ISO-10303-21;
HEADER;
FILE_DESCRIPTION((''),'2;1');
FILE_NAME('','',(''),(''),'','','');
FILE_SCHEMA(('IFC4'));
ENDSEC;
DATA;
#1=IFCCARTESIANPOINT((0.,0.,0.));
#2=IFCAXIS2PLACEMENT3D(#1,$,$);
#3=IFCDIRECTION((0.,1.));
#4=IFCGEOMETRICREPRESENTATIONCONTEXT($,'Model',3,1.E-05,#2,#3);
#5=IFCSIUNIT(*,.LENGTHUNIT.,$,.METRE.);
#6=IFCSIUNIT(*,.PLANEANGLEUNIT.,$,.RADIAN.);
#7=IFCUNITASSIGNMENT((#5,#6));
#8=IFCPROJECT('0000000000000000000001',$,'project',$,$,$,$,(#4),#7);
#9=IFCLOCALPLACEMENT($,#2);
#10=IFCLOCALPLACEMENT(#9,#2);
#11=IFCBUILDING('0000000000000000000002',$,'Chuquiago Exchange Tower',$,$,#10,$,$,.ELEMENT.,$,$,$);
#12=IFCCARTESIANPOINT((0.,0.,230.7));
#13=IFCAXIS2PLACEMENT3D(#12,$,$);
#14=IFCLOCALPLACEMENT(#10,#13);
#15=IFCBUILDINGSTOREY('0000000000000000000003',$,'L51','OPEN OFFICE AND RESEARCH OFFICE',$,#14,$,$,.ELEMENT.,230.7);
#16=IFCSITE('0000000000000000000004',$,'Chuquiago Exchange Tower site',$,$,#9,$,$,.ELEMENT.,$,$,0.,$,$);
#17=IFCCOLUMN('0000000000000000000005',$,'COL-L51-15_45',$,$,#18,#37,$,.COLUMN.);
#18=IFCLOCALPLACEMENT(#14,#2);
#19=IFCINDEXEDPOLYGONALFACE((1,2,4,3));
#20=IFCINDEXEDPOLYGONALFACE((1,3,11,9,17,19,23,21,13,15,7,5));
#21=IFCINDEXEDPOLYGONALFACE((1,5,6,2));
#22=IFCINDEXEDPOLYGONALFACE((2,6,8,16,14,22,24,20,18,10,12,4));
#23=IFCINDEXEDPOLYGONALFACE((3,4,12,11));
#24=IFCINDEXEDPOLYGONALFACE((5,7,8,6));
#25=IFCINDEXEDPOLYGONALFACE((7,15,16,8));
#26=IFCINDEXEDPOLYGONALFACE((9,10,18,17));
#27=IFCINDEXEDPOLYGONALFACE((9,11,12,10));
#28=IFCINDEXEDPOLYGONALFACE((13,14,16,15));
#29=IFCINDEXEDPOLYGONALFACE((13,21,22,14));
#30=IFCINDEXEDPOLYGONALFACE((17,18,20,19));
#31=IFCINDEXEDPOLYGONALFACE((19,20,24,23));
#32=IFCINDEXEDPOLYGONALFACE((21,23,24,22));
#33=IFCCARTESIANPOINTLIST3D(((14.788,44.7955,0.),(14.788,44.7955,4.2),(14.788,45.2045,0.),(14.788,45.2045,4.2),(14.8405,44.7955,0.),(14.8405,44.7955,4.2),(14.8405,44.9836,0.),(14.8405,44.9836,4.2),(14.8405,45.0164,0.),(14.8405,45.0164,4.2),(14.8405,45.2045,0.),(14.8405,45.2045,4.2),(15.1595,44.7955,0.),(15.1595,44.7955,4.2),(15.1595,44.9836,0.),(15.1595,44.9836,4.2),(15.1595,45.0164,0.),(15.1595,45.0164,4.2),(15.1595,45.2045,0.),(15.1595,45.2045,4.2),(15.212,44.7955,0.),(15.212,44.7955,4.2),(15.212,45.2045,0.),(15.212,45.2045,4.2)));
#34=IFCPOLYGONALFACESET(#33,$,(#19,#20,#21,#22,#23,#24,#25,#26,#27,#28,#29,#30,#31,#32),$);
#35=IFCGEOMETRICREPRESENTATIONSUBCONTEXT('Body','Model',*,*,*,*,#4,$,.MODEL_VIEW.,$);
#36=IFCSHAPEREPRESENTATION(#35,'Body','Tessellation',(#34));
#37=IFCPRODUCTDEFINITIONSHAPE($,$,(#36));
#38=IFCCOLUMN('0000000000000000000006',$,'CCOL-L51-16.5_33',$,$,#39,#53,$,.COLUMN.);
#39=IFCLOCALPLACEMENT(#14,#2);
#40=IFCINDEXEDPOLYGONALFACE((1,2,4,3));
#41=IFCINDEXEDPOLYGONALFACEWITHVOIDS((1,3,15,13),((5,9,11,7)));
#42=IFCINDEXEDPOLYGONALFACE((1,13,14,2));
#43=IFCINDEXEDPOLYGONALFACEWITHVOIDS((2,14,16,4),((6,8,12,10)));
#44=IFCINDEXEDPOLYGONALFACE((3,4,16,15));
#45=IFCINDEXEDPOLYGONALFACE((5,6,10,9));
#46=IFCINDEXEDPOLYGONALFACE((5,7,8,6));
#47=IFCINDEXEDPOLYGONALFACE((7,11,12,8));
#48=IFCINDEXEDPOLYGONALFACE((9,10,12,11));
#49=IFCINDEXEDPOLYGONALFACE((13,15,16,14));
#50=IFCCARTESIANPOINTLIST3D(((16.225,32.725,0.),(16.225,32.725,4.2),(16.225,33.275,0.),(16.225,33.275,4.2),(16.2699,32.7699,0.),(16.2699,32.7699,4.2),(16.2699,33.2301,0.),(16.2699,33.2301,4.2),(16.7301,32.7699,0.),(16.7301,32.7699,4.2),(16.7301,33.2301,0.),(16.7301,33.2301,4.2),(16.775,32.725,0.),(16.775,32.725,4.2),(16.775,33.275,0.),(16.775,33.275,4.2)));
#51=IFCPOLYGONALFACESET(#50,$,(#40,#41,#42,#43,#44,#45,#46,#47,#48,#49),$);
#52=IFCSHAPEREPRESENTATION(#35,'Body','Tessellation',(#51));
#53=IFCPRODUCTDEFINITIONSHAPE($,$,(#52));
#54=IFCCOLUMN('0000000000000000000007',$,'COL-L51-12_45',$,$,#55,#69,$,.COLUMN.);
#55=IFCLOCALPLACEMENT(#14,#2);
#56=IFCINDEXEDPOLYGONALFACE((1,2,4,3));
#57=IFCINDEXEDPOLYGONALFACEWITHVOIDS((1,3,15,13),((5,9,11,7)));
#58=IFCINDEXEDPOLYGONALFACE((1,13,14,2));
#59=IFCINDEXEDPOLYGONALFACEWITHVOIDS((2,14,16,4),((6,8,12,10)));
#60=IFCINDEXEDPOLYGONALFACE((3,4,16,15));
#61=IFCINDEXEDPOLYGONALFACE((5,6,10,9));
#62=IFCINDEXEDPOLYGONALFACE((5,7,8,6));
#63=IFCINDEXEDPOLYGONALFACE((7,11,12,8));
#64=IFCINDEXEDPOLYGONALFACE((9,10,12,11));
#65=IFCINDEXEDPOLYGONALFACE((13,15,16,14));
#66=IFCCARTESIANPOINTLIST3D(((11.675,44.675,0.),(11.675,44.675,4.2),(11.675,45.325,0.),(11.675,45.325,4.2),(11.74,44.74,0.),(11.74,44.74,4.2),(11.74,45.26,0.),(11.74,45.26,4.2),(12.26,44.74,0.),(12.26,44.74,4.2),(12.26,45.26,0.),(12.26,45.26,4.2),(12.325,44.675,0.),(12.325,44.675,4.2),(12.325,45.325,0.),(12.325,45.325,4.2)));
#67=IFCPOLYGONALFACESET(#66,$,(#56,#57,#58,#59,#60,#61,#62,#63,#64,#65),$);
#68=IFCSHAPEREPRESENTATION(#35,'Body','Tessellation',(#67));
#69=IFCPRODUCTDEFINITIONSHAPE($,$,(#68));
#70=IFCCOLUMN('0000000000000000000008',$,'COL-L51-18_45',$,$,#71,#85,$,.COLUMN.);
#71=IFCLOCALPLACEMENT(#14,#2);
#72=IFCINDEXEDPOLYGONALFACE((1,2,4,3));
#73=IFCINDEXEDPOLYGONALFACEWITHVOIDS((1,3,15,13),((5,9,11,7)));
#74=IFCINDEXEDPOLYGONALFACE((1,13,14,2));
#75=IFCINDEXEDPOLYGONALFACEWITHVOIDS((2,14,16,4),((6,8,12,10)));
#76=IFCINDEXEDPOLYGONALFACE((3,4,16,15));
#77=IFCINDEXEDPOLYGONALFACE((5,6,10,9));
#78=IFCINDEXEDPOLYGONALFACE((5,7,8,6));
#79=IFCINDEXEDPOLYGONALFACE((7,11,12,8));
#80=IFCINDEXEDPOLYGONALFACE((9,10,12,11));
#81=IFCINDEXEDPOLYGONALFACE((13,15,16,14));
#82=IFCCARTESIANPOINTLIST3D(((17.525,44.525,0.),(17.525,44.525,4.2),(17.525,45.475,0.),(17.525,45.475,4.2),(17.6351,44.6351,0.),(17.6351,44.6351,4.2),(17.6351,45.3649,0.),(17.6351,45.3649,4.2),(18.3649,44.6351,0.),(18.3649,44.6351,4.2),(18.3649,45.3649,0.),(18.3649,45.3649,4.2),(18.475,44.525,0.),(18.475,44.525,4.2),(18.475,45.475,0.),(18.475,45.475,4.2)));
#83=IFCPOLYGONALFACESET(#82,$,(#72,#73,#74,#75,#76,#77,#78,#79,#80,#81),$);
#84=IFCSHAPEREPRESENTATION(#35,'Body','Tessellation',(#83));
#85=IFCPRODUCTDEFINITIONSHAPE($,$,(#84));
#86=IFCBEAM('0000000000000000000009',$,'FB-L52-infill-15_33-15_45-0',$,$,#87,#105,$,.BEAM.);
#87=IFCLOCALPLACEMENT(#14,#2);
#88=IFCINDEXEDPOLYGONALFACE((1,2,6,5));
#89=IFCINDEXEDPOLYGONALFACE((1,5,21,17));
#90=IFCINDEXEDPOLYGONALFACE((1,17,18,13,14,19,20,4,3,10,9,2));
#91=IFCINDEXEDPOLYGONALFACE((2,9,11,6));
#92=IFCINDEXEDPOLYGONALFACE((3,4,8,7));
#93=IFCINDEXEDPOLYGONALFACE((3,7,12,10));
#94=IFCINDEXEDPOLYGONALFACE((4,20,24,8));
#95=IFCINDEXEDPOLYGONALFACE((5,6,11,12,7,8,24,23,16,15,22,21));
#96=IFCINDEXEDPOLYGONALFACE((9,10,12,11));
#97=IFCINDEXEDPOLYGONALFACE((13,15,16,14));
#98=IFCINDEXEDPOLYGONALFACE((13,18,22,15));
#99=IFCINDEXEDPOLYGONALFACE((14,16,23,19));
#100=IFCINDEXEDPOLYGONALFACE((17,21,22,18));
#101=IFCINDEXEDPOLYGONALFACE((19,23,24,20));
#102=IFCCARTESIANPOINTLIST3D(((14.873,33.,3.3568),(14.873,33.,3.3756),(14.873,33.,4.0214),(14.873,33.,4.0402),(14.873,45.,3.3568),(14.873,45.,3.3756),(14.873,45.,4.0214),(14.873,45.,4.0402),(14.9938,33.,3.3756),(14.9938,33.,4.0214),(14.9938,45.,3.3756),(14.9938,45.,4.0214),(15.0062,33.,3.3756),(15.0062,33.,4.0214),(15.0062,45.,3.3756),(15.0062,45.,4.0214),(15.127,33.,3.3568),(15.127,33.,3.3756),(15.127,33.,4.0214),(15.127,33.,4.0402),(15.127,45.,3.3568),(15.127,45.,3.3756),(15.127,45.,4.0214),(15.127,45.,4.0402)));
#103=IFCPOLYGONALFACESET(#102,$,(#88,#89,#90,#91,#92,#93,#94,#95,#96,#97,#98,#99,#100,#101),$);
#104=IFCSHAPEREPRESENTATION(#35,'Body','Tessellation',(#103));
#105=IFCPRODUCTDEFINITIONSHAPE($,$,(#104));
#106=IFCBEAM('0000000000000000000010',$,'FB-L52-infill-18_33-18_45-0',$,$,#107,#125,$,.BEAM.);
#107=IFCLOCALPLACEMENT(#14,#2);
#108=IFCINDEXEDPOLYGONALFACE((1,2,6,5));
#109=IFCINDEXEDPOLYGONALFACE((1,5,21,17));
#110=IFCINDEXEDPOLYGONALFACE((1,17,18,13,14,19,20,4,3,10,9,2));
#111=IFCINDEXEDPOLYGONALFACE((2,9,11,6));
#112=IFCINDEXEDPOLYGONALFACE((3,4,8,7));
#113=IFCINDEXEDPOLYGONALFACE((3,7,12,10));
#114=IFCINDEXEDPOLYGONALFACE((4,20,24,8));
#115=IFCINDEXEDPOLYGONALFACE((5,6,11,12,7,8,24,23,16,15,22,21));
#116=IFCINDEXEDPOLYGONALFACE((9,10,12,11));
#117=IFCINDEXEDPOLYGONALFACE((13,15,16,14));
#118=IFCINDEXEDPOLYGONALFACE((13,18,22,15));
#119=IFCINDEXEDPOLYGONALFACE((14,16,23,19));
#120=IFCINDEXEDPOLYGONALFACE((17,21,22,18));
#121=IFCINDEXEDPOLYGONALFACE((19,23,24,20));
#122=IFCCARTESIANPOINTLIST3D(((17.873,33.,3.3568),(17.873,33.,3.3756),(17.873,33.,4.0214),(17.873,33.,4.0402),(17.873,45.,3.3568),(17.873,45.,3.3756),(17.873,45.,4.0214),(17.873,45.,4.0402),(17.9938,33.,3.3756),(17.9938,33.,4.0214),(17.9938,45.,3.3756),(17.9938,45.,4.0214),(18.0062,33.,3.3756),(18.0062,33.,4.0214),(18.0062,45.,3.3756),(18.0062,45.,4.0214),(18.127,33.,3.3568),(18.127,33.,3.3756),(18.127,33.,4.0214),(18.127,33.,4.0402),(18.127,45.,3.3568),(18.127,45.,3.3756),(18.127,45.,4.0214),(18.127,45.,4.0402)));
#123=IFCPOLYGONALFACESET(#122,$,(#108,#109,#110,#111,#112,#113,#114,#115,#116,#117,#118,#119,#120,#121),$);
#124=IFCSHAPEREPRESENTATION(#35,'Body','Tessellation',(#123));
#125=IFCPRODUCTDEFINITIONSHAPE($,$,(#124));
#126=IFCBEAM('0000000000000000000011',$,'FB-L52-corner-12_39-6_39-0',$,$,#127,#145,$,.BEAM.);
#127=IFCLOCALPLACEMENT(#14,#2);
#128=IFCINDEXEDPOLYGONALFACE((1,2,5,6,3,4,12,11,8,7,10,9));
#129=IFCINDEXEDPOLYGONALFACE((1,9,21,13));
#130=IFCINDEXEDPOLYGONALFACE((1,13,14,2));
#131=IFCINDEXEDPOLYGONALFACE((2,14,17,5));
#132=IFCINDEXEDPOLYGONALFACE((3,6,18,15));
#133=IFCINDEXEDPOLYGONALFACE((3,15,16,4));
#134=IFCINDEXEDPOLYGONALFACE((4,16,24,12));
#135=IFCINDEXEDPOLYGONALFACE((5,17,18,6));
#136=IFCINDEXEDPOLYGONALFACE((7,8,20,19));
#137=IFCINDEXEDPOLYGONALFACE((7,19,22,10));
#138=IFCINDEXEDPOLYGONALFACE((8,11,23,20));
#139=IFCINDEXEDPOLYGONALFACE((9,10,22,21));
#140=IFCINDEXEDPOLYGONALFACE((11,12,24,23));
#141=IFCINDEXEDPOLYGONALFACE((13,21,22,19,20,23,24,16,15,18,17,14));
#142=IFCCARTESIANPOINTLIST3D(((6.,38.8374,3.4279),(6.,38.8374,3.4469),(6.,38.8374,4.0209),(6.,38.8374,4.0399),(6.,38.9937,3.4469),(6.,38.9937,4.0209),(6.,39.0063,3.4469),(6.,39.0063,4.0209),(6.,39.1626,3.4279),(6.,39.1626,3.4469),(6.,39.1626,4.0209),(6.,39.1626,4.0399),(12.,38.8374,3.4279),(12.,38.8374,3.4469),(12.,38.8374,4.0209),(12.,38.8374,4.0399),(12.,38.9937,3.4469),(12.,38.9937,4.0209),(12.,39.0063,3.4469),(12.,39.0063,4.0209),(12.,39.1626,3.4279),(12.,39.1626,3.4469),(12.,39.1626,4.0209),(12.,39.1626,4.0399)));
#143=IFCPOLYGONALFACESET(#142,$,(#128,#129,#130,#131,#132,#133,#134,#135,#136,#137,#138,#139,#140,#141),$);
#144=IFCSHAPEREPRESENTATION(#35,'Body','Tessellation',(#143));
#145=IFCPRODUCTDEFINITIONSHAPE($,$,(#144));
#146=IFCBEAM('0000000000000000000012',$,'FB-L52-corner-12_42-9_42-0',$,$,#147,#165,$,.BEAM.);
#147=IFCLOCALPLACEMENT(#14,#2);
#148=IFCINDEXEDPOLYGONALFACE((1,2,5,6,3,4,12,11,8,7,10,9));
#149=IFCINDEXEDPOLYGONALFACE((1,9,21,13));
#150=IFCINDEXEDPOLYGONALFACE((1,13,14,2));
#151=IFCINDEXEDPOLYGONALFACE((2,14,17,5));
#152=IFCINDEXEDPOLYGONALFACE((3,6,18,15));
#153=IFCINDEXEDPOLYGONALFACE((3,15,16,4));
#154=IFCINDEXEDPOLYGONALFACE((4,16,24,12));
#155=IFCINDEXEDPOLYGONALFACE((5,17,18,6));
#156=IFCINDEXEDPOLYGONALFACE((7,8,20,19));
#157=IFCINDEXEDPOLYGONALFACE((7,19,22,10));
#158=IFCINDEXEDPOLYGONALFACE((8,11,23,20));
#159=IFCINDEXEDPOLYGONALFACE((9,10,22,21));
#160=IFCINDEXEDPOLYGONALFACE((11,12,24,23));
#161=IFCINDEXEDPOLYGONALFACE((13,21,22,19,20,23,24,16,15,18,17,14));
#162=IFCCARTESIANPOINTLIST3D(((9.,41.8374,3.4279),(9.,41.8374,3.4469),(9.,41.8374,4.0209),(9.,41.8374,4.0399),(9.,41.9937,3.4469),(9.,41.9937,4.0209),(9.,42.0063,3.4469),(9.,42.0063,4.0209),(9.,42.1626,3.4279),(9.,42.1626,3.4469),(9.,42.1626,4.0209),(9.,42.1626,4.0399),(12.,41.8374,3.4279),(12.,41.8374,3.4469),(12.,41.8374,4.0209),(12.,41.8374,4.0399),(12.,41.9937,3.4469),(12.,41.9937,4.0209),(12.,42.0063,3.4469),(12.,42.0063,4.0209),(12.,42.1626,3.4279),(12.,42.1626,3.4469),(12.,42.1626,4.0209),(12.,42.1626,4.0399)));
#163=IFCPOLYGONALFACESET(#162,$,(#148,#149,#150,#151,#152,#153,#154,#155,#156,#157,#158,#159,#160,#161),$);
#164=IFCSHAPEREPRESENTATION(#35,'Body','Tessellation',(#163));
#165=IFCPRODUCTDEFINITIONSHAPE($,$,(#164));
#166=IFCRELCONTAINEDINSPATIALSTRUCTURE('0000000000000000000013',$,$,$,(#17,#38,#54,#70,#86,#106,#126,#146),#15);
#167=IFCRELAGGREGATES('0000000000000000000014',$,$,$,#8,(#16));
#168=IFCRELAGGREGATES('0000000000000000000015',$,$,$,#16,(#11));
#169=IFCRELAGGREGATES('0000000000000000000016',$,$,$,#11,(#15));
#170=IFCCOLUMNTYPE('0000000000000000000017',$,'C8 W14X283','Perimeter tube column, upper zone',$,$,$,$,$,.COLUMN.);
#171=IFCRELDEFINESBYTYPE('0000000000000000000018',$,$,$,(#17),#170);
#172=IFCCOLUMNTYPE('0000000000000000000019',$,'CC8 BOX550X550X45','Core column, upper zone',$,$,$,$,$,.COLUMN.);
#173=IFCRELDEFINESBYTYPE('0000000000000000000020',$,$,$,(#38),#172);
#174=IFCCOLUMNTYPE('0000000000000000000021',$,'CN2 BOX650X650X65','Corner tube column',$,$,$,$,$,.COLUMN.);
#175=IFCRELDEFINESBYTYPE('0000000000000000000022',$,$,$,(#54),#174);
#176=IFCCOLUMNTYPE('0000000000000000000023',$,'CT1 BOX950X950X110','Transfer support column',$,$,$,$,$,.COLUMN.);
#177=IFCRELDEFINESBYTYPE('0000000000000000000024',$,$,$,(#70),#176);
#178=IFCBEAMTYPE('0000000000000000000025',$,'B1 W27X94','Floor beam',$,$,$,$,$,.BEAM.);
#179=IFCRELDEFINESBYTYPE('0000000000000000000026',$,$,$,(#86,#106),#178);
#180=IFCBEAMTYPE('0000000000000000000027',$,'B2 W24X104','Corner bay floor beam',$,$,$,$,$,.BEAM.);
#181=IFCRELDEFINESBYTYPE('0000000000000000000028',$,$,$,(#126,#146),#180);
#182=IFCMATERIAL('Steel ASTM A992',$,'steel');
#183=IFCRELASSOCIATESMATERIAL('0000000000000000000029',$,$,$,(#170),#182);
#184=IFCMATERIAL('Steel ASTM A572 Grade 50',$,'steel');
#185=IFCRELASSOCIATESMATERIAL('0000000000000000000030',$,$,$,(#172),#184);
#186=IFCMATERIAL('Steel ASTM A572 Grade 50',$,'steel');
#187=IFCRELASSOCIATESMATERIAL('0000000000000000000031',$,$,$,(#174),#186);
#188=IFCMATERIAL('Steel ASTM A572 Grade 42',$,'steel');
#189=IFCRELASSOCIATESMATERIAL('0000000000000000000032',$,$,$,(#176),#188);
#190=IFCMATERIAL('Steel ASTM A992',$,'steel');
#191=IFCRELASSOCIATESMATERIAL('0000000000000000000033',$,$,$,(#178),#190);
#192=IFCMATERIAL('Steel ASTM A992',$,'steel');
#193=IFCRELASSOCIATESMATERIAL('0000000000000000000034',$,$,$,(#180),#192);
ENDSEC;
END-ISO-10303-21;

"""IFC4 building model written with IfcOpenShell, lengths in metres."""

from ifc_helpers import new_model, si_unit, direction, frame, origin, origin_2d, place, context, subcontext, project, spatial, hollow_rectangle, i_section, extrude, material, material_profile, profile_set, type_object, element, save


model = new_model("IFC4")

# Units and contexts
model_context = context("Model", 3, precision=1e-05, world=origin(), true_north=direction((0.0, 1.0)))
body_context = subcontext(model_context, "Body", "Model", "MODEL_VIEW")
ifc_project = project(units=[si_unit("LENGTHUNIT", "METRE"), si_unit("PLANEANGLEUNIT", "RADIAN")], contexts=[model_context])

# Site, building, storey
site_placement = place(None, origin())
site = spatial("IfcSite", under=ifc_project, at=site_placement, Name="Chuquiago Exchange Tower site", CompositionType="ELEMENT", RefElevation=0.0)
building_placement = place(site_placement, origin())
building = spatial("IfcBuilding", under=site, at=building_placement, Name="Chuquiago Exchange Tower", CompositionType="ELEMENT")
storey_placement = place(building_placement, frame((0.0, 0.0, 230.7)))
storey = spatial("IfcBuildingStorey", under=building, at=storey_placement, Name="L51", Description="OPEN OFFICE AND RESEARCH OFFICE", CompositionType="ELEMENT", Elevation=230.7)

# Columns
ifc_material_1 = material(Name="Steel ASTM A992", Category="steel")
ifc_material_profile_1 = material_profile(ifc_material_1, i_section(OverallWidth=0.4089, OverallDepth=0.4241, WebThickness=0.0327, FlangeThickness=0.0525, at=origin_2d()), Name="W14X283")
ifc_profile_set_1 = profile_set([ifc_material_profile_1], Name="Steel ASTM A992")
column_type_1 = type_object("IfcColumnType", Name="C8 W14X283", Description="Perimeter tube column, upper zone", PredefinedType="COLUMN", material=ifc_profile_set_1)
column_1_placement = place(storey_placement, frame((15.0, 45.0, 0.0), z_axis=(0.0, 0.0, 1.0), x_axis=(0.0, 1.0, 0.0)))
element("IfcColumn", 1, at=column_1_placement, inside=storey, type_object=column_type_1, Name="COL-L51-15_45", PredefinedType="COLUMN", context=body_context, shape_type="SweptSolid", body=[
    extrude(i_section(OverallWidth=0.4089, OverallDepth=0.4241, WebThickness=0.0327, FlangeThickness=0.0525, at=origin_2d()), origin(), (0.0, 0.0, 1.0), 4.2),
])
ifc_material_2 = material(Name="Steel ASTM A572 Grade 50", Category="steel")
ifc_material_profile_2 = material_profile(ifc_material_2, hollow_rectangle(XDim=0.55, YDim=0.55, WallThickness=0.0449, at=origin_2d()), Name="BOX550X550X45")
ifc_profile_set_2 = profile_set([ifc_material_profile_2], Name="Steel ASTM A572 Grade 50")
column_type_2 = type_object("IfcColumnType", Name="CC8 BOX550X550X45", Description="Core column, upper zone", PredefinedType="COLUMN", material=ifc_profile_set_2)
column_2_placement = place(storey_placement, frame((16.5, 33.0, 0.0), z_axis=(0.0, 0.0, 1.0), x_axis=(1.0, 0.0, 0.0)))
element("IfcColumn", 2, at=column_2_placement, inside=storey, type_object=column_type_2, Name="CCOL-L51-16.5_33", PredefinedType="COLUMN", context=body_context, shape_type="SweptSolid", body=[
    extrude(hollow_rectangle(XDim=0.55, YDim=0.55, WallThickness=0.0449, at=origin_2d()), origin(), (0.0, 0.0, 1.0), 4.2),
])
ifc_material_3 = material(Name="Steel ASTM A572 Grade 50", Category="steel")
ifc_material_profile_3 = material_profile(ifc_material_3, hollow_rectangle(XDim=0.6499, YDim=0.6499, WallThickness=0.0649, at=origin_2d()), Name="BOX650X650X65")
ifc_profile_set_3 = profile_set([ifc_material_profile_3], Name="Steel ASTM A572 Grade 50")
column_type_3 = type_object("IfcColumnType", Name="CN2 BOX650X650X65", Description="Corner tube column", PredefinedType="COLUMN", material=ifc_profile_set_3)
column_3_placement = place(storey_placement, frame((12.0, 45.0, 0.0), z_axis=(0.0, 0.0, 1.0), x_axis=(0.0, 1.0, 0.0)))
element("IfcColumn", 3, at=column_3_placement, inside=storey, type_object=column_type_3, Name="COL-L51-12_45", PredefinedType="COLUMN", context=body_context, shape_type="SweptSolid", body=[
    extrude(hollow_rectangle(XDim=0.6499, YDim=0.6499, WallThickness=0.0649, at=origin_2d()), origin(), (0.0, 0.0, 1.0), 4.2),
])
ifc_material_4 = material(Name="Steel ASTM A572 Grade 42", Category="steel")
ifc_material_profile_4 = material_profile(ifc_material_4, hollow_rectangle(XDim=0.95, YDim=0.95, WallThickness=0.1101, at=origin_2d()), Name="BOX950X950X110")
ifc_profile_set_4 = profile_set([ifc_material_profile_4], Name="Steel ASTM A572 Grade 42")
column_type_4 = type_object("IfcColumnType", Name="CT1 BOX950X950X110", Description="Transfer support column", PredefinedType="COLUMN", material=ifc_profile_set_4)
column_4_placement = place(storey_placement, frame((18.0, 45.0, 0.0), z_axis=(0.0, 0.0, 1.0), x_axis=(0.0, 1.0, 0.0)))
element("IfcColumn", 4, at=column_4_placement, inside=storey, type_object=column_type_4, Name="COL-L51-18_45", PredefinedType="COLUMN", context=body_context, shape_type="SweptSolid", body=[
    extrude(hollow_rectangle(XDim=0.95, YDim=0.95, WallThickness=0.1101, at=origin_2d()), origin(), (0.0, 0.0, 1.0), 4.2),
])

# Beams
ifc_material_5 = material(Name="Steel ASTM A992", Category="steel")
ifc_material_profile_5 = material_profile(ifc_material_5, i_section(OverallWidth=0.2539, OverallDepth=0.6833, WebThickness=0.0125, FlangeThickness=0.0188, at=origin_2d()), Name="W27X94")
ifc_profile_set_5 = profile_set([ifc_material_profile_5], Name="Steel ASTM A992")
beam_type_1 = type_object("IfcBeamType", Name="B1 W27X94", Description="Floor beam", PredefinedType="BEAM", material=ifc_profile_set_5)
for number, where, z_axis, x_axis, name in (
    (5, (15.0, 33.0, 3.6985), (0.0, 1.0, 0.0), (-1.0, 0.0, 0.0), "FB-L52-infill-15_33-15_45-0"),
    (6, (18.0, 33.0, 3.6985), (0.0, 1.0, 0.0), (-1.0, 0.0, 0.0), "FB-L52-infill-18_33-18_45-0"),
):
    element("IfcBeam", number, at=place(storey_placement, frame(where, z_axis=z_axis, x_axis=x_axis)), inside=storey, type_object=beam_type_1, Name=name, PredefinedType="BEAM", context=body_context, shape_type="SweptSolid", body=[
        extrude(i_section(OverallWidth=0.2539, OverallDepth=0.6833, WebThickness=0.0125, FlangeThickness=0.0188, at=origin_2d()), origin(), (0.0, 0.0, 1.0), 12.0),
    ])
ifc_material_6 = material(Name="Steel ASTM A992", Category="steel")
ifc_material_profile_6 = material_profile(ifc_material_6, i_section(OverallWidth=0.3252, OverallDepth=0.6121, WebThickness=0.0127, FlangeThickness=0.019, at=origin_2d()), Name="W24X104")
ifc_profile_set_6 = profile_set([ifc_material_profile_6], Name="Steel ASTM A992")
beam_type_2 = type_object("IfcBeamType", Name="B2 W24X104", Description="Corner bay floor beam", PredefinedType="BEAM", material=ifc_profile_set_6)
beam_1_placement = place(storey_placement, frame((12.0, 39.0, 3.7339), z_axis=(-1.0, 0.0, 0.0), x_axis=(0.0, -1.0, 0.0)))
element("IfcBeam", 7, at=beam_1_placement, inside=storey, type_object=beam_type_2, Name="FB-L52-corner-12_39-6_39-0", PredefinedType="BEAM", context=body_context, shape_type="SweptSolid", body=[
    extrude(i_section(OverallWidth=0.3252, OverallDepth=0.6121, WebThickness=0.0127, FlangeThickness=0.019, at=origin_2d()), origin(), (0.0, 0.0, 1.0), 6.0),
])
beam_2_placement = place(storey_placement, frame((12.0, 42.0, 3.7339), z_axis=(-1.0, 0.0, 0.0), x_axis=(0.0, -1.0, 0.0)))
element("IfcBeam", 8, at=beam_2_placement, inside=storey, type_object=beam_type_2, Name="FB-L52-corner-12_42-9_42-0", PredefinedType="BEAM", context=body_context, shape_type="SweptSolid", body=[
    extrude(i_section(OverallWidth=0.3252, OverallDepth=0.6121, WebThickness=0.0127, FlangeThickness=0.019, at=origin_2d()), origin(), (0.0, 0.0, 1.0), 3.0),
])

save(model, "model.ifc")
